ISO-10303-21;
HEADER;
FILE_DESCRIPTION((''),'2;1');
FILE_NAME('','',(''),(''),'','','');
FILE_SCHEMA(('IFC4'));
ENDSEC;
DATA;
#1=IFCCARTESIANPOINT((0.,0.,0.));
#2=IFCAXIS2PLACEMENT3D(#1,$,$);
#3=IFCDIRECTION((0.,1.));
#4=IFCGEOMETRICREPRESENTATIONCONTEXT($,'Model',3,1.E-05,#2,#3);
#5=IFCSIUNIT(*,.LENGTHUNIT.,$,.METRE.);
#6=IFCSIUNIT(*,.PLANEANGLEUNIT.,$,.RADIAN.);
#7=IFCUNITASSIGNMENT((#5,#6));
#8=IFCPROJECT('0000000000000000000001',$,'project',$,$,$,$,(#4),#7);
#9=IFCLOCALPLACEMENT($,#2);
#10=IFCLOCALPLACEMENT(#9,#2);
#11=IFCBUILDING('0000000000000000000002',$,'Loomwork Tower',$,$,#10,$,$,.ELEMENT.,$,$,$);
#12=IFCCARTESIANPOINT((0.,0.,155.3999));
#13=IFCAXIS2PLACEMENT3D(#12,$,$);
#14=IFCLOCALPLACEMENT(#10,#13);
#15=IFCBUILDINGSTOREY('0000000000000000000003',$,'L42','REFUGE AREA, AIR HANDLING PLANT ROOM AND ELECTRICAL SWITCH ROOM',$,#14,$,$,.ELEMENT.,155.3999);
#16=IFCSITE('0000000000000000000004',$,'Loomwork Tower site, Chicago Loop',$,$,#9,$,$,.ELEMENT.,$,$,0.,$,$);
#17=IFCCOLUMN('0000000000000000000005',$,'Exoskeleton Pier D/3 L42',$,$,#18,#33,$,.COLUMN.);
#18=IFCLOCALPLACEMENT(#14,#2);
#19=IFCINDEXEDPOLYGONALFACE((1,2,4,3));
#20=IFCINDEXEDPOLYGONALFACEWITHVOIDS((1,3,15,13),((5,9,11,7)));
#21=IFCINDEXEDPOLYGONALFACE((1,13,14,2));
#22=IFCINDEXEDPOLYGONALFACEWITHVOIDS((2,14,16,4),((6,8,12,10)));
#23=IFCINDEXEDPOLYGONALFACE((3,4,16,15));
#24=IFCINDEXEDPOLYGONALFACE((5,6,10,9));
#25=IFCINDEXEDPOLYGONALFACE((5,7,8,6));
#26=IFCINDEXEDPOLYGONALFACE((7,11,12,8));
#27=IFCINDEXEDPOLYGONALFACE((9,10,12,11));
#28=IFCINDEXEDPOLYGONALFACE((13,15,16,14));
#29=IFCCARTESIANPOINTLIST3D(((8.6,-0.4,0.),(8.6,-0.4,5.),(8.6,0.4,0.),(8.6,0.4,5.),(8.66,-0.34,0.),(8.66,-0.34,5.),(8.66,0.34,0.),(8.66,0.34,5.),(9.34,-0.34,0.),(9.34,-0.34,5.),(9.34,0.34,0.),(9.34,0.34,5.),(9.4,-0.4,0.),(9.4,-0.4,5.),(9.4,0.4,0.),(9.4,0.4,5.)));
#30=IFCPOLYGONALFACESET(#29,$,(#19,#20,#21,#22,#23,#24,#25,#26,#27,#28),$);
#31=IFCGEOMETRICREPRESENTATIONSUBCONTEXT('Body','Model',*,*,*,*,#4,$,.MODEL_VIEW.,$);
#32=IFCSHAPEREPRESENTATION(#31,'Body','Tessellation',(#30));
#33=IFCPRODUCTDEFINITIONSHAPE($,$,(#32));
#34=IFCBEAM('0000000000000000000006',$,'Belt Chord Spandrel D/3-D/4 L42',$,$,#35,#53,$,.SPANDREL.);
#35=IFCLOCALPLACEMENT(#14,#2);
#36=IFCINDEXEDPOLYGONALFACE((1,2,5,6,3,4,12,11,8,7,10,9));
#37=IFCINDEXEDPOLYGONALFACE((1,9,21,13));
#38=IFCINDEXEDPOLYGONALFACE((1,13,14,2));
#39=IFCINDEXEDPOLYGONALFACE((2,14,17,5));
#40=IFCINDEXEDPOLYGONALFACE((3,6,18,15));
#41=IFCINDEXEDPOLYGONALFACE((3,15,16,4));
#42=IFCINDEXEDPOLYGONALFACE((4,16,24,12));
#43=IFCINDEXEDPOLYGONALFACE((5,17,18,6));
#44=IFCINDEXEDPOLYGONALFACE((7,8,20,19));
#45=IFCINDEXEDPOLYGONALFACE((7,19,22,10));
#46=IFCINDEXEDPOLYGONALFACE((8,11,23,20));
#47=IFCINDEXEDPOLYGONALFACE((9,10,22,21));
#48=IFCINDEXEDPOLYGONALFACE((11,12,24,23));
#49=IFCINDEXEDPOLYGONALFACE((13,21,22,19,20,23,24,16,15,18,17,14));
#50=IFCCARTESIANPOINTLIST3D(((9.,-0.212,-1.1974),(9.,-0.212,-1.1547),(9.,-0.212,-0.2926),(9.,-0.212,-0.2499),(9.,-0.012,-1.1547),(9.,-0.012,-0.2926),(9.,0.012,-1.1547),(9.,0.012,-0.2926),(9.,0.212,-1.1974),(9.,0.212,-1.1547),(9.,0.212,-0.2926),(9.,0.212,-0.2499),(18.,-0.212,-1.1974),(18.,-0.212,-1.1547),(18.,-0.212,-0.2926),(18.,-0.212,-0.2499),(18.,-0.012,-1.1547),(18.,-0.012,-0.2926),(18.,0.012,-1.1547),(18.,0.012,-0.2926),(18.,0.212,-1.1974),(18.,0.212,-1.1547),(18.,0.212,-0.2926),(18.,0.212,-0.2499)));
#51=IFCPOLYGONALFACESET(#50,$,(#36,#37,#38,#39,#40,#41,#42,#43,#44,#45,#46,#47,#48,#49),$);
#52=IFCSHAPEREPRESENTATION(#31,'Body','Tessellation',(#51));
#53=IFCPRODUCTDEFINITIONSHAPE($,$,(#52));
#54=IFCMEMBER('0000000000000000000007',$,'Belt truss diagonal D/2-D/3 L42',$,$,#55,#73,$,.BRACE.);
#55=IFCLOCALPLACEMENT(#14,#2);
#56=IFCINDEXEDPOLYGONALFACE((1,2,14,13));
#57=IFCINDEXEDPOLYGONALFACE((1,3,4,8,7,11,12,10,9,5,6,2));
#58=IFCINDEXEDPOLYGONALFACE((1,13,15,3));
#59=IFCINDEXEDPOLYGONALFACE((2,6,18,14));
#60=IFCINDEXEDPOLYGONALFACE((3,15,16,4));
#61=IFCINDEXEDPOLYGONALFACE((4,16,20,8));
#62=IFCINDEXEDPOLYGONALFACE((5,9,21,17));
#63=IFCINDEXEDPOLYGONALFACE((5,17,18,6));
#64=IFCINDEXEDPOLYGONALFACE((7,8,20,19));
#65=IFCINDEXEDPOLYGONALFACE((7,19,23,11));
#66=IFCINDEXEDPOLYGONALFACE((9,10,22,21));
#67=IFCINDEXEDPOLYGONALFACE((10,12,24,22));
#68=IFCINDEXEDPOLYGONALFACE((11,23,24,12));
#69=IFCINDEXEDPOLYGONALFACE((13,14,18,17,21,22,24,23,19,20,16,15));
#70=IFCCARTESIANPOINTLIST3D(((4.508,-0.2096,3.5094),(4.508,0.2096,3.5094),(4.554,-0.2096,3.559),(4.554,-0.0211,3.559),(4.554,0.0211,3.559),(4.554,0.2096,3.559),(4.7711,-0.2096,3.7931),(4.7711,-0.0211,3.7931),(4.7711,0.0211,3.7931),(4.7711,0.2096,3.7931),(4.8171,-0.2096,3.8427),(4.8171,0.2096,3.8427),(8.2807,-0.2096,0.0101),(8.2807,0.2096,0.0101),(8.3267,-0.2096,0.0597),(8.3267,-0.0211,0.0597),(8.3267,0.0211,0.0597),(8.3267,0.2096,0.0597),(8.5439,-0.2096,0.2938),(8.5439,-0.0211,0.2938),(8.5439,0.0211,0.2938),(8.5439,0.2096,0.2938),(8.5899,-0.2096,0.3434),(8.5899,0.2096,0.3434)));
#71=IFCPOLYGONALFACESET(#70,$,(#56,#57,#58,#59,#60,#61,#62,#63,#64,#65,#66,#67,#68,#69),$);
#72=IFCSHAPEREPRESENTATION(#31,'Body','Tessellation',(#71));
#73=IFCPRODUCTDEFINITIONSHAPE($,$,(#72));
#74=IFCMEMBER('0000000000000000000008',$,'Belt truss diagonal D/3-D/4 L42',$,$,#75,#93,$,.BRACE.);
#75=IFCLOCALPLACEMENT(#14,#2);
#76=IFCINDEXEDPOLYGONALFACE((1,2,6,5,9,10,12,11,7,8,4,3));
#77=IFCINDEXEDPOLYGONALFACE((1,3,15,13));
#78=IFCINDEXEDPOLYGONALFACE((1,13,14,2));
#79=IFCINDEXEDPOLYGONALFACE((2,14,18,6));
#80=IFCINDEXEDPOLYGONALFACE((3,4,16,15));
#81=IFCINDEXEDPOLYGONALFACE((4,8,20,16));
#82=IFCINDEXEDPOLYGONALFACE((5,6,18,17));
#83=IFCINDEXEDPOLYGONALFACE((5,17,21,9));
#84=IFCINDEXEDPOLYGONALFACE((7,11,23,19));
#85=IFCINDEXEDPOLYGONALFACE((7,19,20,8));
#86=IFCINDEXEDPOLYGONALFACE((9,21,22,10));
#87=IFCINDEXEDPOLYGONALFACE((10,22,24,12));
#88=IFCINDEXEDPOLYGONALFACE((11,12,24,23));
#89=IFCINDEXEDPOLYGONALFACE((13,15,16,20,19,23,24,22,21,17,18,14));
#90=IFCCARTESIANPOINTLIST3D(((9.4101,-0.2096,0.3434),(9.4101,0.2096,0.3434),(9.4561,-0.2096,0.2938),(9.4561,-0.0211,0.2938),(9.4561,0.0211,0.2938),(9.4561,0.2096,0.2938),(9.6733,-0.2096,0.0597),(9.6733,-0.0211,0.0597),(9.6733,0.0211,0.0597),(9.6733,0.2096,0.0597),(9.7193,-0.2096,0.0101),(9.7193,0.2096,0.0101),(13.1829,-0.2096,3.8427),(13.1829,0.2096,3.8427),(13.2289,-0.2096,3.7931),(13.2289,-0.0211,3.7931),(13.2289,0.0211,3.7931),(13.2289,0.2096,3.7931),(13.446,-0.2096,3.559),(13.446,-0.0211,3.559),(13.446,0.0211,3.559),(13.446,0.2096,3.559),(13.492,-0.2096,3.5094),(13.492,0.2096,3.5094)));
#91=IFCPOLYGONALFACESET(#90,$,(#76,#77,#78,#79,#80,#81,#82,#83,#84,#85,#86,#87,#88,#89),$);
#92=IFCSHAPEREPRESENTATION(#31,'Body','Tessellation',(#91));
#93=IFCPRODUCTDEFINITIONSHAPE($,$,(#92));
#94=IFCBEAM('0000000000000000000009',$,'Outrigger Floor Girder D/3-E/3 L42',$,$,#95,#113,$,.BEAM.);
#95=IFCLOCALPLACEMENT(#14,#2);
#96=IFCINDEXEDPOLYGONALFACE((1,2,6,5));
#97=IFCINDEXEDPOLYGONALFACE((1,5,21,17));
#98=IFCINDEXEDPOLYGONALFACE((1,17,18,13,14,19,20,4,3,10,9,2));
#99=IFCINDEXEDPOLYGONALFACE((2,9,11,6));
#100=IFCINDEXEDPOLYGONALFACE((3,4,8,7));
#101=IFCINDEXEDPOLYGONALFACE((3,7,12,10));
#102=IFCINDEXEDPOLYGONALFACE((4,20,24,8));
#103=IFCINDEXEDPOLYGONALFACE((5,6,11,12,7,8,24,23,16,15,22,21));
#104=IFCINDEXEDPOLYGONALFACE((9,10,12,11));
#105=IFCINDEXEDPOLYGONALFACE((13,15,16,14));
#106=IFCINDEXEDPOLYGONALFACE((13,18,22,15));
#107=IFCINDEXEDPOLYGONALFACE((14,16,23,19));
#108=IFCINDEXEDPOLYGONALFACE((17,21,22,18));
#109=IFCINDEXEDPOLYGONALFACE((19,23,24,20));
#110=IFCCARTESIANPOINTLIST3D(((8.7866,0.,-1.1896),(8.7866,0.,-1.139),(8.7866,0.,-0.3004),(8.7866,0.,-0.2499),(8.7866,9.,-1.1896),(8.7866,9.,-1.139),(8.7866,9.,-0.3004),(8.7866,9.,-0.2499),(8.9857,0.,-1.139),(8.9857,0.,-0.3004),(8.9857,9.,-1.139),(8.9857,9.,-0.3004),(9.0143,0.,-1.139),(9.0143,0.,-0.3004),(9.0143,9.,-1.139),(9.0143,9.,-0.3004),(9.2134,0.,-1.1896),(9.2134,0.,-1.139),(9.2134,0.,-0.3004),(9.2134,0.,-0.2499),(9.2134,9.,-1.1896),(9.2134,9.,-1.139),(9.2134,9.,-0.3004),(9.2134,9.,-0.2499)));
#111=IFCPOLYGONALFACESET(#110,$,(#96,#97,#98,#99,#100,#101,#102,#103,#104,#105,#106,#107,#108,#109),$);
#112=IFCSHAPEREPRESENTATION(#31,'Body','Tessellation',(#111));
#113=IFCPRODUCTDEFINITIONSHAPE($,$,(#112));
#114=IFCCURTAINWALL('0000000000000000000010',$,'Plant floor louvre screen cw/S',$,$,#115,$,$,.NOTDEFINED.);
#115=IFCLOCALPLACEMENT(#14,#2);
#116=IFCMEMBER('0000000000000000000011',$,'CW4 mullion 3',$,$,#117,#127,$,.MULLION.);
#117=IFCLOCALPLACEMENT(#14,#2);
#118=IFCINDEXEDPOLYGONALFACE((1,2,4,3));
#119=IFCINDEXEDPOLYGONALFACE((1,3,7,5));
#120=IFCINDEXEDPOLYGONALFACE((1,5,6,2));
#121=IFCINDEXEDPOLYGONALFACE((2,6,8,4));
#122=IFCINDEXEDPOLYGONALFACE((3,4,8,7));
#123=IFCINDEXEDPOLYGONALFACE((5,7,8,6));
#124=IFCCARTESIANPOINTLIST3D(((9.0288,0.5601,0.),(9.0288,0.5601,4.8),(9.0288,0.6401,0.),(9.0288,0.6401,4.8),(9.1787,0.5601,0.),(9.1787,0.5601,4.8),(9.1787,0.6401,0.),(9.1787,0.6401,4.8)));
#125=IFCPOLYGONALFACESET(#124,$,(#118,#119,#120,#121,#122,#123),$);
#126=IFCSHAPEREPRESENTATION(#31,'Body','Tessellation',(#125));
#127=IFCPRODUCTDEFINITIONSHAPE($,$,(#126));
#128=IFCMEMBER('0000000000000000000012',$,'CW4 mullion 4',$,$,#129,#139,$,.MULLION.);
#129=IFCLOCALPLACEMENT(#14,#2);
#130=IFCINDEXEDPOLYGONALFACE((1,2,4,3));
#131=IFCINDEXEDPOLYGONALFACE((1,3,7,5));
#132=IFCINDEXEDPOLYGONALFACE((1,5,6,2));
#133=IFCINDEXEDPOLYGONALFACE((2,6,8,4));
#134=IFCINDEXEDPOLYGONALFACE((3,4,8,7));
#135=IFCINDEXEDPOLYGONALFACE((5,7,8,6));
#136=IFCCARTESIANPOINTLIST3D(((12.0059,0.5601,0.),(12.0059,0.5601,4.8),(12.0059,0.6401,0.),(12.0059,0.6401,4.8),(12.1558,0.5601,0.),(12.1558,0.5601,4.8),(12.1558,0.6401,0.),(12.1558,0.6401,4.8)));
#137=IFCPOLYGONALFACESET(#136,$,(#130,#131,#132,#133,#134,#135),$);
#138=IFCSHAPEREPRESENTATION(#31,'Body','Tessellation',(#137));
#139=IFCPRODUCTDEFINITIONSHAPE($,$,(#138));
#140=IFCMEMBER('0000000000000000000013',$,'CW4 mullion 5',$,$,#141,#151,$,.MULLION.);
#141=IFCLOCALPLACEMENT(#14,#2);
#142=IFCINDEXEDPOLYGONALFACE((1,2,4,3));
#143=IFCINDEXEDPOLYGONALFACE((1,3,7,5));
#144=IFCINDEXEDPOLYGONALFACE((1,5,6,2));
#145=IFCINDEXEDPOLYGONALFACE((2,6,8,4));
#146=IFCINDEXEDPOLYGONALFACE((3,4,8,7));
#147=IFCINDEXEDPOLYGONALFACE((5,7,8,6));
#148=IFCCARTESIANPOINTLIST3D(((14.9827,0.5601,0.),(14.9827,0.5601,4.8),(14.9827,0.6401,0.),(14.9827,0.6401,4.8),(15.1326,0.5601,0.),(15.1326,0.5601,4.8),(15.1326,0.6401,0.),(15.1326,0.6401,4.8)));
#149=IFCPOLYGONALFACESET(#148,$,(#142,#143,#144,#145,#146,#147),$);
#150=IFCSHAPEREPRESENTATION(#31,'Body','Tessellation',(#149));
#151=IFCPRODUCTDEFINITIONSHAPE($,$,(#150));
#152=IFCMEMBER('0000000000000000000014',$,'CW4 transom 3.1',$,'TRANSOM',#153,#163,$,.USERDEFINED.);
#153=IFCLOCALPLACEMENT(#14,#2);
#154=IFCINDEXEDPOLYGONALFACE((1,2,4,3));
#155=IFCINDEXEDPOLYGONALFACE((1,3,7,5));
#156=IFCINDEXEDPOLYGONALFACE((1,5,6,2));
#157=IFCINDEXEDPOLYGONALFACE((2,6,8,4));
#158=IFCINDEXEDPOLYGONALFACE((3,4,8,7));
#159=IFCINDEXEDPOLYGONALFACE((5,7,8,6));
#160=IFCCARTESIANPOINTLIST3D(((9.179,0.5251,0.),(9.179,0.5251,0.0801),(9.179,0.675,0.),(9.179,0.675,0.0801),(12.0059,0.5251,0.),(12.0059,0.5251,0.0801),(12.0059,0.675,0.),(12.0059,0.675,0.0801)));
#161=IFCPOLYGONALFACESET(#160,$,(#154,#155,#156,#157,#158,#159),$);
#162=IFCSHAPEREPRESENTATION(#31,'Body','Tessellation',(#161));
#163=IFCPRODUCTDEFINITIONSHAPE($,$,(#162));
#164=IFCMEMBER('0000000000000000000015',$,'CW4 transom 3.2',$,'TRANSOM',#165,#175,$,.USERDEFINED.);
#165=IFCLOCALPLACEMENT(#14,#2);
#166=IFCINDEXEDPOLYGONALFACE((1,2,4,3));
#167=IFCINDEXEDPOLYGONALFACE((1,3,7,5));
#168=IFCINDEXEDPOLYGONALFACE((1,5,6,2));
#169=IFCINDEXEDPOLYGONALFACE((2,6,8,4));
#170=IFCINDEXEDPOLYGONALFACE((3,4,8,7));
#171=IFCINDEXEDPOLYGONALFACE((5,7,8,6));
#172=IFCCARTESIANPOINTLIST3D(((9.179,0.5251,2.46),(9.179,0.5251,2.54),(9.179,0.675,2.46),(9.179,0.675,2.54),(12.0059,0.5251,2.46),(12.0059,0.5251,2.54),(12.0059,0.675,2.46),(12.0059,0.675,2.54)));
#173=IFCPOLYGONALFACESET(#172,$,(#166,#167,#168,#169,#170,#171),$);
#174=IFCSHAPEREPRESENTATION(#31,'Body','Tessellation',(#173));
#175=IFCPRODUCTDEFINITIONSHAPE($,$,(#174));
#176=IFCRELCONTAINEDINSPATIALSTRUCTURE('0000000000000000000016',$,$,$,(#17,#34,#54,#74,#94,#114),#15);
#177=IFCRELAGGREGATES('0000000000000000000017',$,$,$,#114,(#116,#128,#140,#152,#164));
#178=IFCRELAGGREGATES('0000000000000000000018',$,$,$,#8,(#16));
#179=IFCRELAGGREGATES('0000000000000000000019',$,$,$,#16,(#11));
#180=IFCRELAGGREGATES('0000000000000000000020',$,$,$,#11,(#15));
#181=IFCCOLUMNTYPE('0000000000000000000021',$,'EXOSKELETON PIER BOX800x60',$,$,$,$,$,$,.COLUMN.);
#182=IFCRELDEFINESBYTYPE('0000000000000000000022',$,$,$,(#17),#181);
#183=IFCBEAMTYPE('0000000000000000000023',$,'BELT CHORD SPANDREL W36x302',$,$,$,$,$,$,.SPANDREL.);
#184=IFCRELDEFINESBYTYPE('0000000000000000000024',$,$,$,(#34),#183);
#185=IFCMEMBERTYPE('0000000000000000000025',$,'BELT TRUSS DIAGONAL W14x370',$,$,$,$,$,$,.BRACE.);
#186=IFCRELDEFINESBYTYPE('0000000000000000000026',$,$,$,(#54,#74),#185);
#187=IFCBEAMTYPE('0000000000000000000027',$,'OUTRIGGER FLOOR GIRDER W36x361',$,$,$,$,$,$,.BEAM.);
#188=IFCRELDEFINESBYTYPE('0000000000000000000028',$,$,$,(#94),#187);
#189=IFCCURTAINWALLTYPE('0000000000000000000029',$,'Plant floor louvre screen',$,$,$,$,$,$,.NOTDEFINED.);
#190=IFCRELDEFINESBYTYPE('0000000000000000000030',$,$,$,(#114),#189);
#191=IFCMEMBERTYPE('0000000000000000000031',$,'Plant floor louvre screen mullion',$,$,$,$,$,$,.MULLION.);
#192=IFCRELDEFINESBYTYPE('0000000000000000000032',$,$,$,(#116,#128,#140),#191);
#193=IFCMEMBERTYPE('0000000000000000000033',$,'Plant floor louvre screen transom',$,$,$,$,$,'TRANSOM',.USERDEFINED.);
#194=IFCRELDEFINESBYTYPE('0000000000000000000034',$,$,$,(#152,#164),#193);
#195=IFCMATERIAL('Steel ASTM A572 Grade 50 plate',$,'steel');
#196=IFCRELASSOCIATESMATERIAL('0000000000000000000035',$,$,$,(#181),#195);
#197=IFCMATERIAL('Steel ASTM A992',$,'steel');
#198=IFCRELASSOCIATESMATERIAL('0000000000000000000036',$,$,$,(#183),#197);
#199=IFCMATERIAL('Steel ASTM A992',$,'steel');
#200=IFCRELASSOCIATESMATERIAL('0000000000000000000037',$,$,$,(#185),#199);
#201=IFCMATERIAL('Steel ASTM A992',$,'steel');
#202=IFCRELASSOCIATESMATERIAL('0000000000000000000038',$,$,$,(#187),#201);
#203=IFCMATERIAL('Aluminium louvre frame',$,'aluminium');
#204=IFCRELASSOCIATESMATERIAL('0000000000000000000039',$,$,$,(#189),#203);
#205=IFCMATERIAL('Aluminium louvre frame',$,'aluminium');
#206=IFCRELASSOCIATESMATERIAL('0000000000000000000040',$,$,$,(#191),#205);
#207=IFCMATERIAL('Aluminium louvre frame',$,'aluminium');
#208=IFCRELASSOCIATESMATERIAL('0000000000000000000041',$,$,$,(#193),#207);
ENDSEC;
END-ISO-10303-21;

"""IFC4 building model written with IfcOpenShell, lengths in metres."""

from ifc_helpers import new_model, si_unit, direction, frame, origin, origin_2d, place, context, subcontext, project, spatial, rectangle, hollow_rectangle, i_section, extrude, material, material_profile, profile_set, type_object, element, aggregate, save


model = new_model("IFC4")

# Units and contexts
model_context = context("Model", 3, precision=1e-05, world=origin(), true_north=direction((0.0, 1.0)))
body_context = subcontext(model_context, "Body", "Model", "MODEL_VIEW")
ifc_project = project(units=[si_unit("LENGTHUNIT", "METRE"), si_unit("PLANEANGLEUNIT", "RADIAN")], contexts=[model_context])

# Site, building, storey
site_placement = place(None, origin())
site = spatial("IfcSite", under=ifc_project, at=site_placement, Name="Loomwork Tower site, Chicago Loop", CompositionType="ELEMENT", RefElevation=0.0)
building_placement = place(site_placement, origin())
building = spatial("IfcBuilding", under=site, at=building_placement, Name="Loomwork Tower", CompositionType="ELEMENT")
storey_placement = place(building_placement, frame((0.0, 0.0, 155.3999)))
storey = spatial("IfcBuildingStorey", under=building, at=storey_placement, Name="L42", Description="REFUGE AREA, AIR HANDLING PLANT ROOM AND ELECTRICAL SWITCH ROOM", CompositionType="ELEMENT", Elevation=155.3999)

# Column
ifc_material_1 = material(Name="Steel ASTM A572 Grade 50 plate", Category="steel")
ifc_material_profile_1 = material_profile(ifc_material_1, hollow_rectangle(XDim=0.8, YDim=0.8, WallThickness=0.0601, at=origin_2d()), Name="BOX800x60")
ifc_profile_set_1 = profile_set([ifc_material_profile_1], Name="Steel ASTM A572 Grade 50 plate")
column_type = type_object("IfcColumnType", Name="EXOSKELETON PIER BOX800x60", PredefinedType="COLUMN", material=ifc_profile_set_1)
column_placement = place(storey_placement, frame((9.0, 0.0, 0.0), z_axis=(0.0, 0.0, 1.0), x_axis=(1.0, 0.0, 0.0)))
element("IfcColumn", 1, at=column_placement, inside=storey, type_object=column_type, Name="Exoskeleton Pier D/3 L42", PredefinedType="COLUMN", context=body_context, shape_type="SweptSolid", body=[
    extrude(hollow_rectangle(XDim=0.8, YDim=0.8, WallThickness=0.0601, at=origin_2d()), origin(), (0.0, 0.0, 1.0), 5.0),
])

# Beam
ifc_material_2 = material(Name="Steel ASTM A992", Category="steel")
ifc_material_profile_2 = material_profile(ifc_material_2, i_section(OverallWidth=0.4241, OverallDepth=0.9475, WebThickness=0.0239, FlangeThickness=0.0427, at=origin_2d()), Name="W36x302")
ifc_profile_set_2 = profile_set([ifc_material_profile_2], Name="Steel ASTM A992")
beam_type_1 = type_object("IfcBeamType", Name="BELT CHORD SPANDREL W36x302", PredefinedType="SPANDREL", material=ifc_profile_set_2)
beam_1_placement = place(storey_placement, frame((9.0, 0.0, -0.7236), z_axis=(1.0, 0.0, 0.0), x_axis=(0.0, 1.0, 0.0)))
element("IfcBeam", 2, at=beam_1_placement, inside=storey, type_object=beam_type_1, Name="Belt Chord Spandrel D/3-D/4 L42", PredefinedType="SPANDREL", context=body_context, shape_type="SweptSolid", body=[
    extrude(i_section(OverallWidth=0.4241, OverallDepth=0.9475, WebThickness=0.0239, FlangeThickness=0.0427, at=origin_2d()), origin(), (0.0, 0.0, 1.0), 9.0),
])

# Members
ifc_material_3 = material(Name="Steel ASTM A992", Category="steel")
ifc_material_profile_3 = material_profile(ifc_material_3, i_section(OverallWidth=0.4192, OverallDepth=0.4546, WebThickness=0.0422, FlangeThickness=0.0676, at=origin_2d()), Name="W14x370")
ifc_profile_set_3 = profile_set([ifc_material_profile_3], Name="Steel ASTM A992")
member_type_1 = type_object("IfcMemberType", Name="BELT TRUSS DIAGONAL W14x370", PredefinedType="BRACE", material=ifc_profile_set_3)
for number, where, z_axis, x_axis, name in (
    (3, (8.4353, 0.0, 0.1768), (-0.733177, 0.0, 0.680038), (0.0, -1.0, 0.0), "Belt truss diagonal D/2-D/3 L42"),
    (4, (9.5647, 0.0, 0.1768), (0.733177, 0.0, 0.680038), (0.0, 1.0, 0.0), "Belt truss diagonal D/3-D/4 L42"),
):
    element("IfcMember", number, at=place(storey_placement, frame(where, z_axis=z_axis, x_axis=x_axis)), inside=storey, type_object=member_type_1, Name=name, PredefinedType="BRACE", context=body_context, shape_type="SweptSolid", body=[
        extrude(i_section(OverallWidth=0.4192, OverallDepth=0.4546, WebThickness=0.0422, FlangeThickness=0.0676, at=origin_2d()), origin(), (0.0, 0.0, 1.0), 5.1458),
    ])

# Beam
ifc_material_4 = material(Name="Steel ASTM A992", Category="steel")
ifc_material_profile_4 = material_profile(ifc_material_4, i_section(OverallWidth=0.4268, OverallDepth=0.9397, WebThickness=0.0286, FlangeThickness=0.0505, at=origin_2d()), Name="W36x361")
ifc_profile_set_4 = profile_set([ifc_material_profile_4], Name="Steel ASTM A992")
beam_type_2 = type_object("IfcBeamType", Name="OUTRIGGER FLOOR GIRDER W36x361", PredefinedType="BEAM", material=ifc_profile_set_4)
beam_2_placement = place(storey_placement, frame((9.0, 0.0, -0.7197), z_axis=(0.0, 1.0, 0.0), x_axis=(-1.0, 0.0, 0.0)))
element("IfcBeam", 5, at=beam_2_placement, inside=storey, type_object=beam_type_2, Name="Outrigger Floor Girder D/3-E/3 L42", PredefinedType="BEAM", context=body_context, shape_type="SweptSolid", body=[
    extrude(i_section(OverallWidth=0.4268, OverallDepth=0.9397, WebThickness=0.0286, FlangeThickness=0.0505, at=origin_2d()), origin(), (0.0, 0.0, 1.0), 9.0),
])

# Curtain wall, members
ifc_material_5 = material(Name="Aluminium louvre frame", Category="aluminium")
curtain_wall_type = type_object("IfcCurtainWallType", Name="Plant floor louvre screen", PredefinedType="NOTDEFINED", material=ifc_material_5)
curtain_wall_placement = place(storey_placement, origin())
curtain_wall = element("IfcCurtainWall", 6, at=curtain_wall_placement, inside=storey, type_object=curtain_wall_type, Name="Plant floor louvre screen cw/S", PredefinedType="NOTDEFINED")
ifc_material_6 = material(Name="Aluminium louvre frame", Category="aluminium")
ifc_material_profile_5 = material_profile(ifc_material_6, rectangle(XDim=0.0801, YDim=0.1499, at=origin_2d()), Name="AL 80x150")
ifc_profile_set_5 = profile_set([ifc_material_profile_5], Name="Aluminium louvre frame")
member_type_2 = type_object("IfcMemberType", Name="Plant floor louvre screen mullion", PredefinedType="MULLION", material=ifc_profile_set_5)
member_1_placement = place(storey_placement, frame((9.1038, 0.6001, 0.0), z_axis=(0.0, 0.0, 1.0), x_axis=(0.0, 1.0, 0.0)))
member_1 = element("IfcMember", 7, at=member_1_placement, type_object=member_type_2, Name="CW4 mullion 3", PredefinedType="MULLION", context=body_context, shape_type="SweptSolid", body=[
    extrude(rectangle(XDim=0.0801, YDim=0.1499, at=origin_2d()), origin(), (0.0, 0.0, 1.0), 4.8),
])
member_2_placement = place(storey_placement, frame((12.0808, 0.6001, 0.0), z_axis=(0.0, 0.0, 1.0), x_axis=(0.0, 1.0, 0.0)))
member_2 = element("IfcMember", 8, at=member_2_placement, type_object=member_type_2, Name="CW4 mullion 4", PredefinedType="MULLION", context=body_context, shape_type="SweptSolid", body=[
    extrude(rectangle(XDim=0.0801, YDim=0.1499, at=origin_2d()), origin(), (0.0, 0.0, 1.0), 4.8),
])
member_3_placement = place(storey_placement, frame((15.0576, 0.6001, 0.0), z_axis=(0.0, 0.0, 1.0), x_axis=(0.0, 1.0, 0.0)))
member_3 = element("IfcMember", 9, at=member_3_placement, type_object=member_type_2, Name="CW4 mullion 5", PredefinedType="MULLION", context=body_context, shape_type="SweptSolid", body=[
    extrude(rectangle(XDim=0.0801, YDim=0.1499, at=origin_2d()), origin(), (0.0, 0.0, 1.0), 4.8),
])
ifc_material_7 = material(Name="Aluminium louvre frame", Category="aluminium")
ifc_material_profile_6 = material_profile(ifc_material_7, rectangle(XDim=0.1499, YDim=0.0801, at=origin_2d()), Name="AL 80x150")
ifc_profile_set_6 = profile_set([ifc_material_profile_6], Name="Aluminium louvre frame")
member_type_3 = type_object("IfcMemberType", Name="Plant floor louvre screen transom", ElementType="TRANSOM", PredefinedType="USERDEFINED", material=ifc_profile_set_6)
member_4_placement = place(storey_placement, frame((9.179, 0.6001, 0.04), z_axis=(1.0, 0.0, 0.0), x_axis=(0.0, 1.0, 0.0)))
member_4 = element("IfcMember", 10, at=member_4_placement, type_object=member_type_3, Name="CW4 transom 3.1", ObjectType="TRANSOM", PredefinedType="USERDEFINED", context=body_context, shape_type="SweptSolid", body=[
    extrude(rectangle(XDim=0.1499, YDim=0.0801, at=origin_2d()), origin(), (0.0, 0.0, 1.0), 2.8269),
])
member_5_placement = place(storey_placement, frame((9.179, 0.6001, 2.5), z_axis=(1.0, 0.0, 0.0), x_axis=(0.0, 1.0, 0.0)))
member_5 = element("IfcMember", 11, at=member_5_placement, type_object=member_type_3, Name="CW4 transom 3.2", ObjectType="TRANSOM", PredefinedType="USERDEFINED", context=body_context, shape_type="SweptSolid", body=[
    extrude(rectangle(XDim=0.1499, YDim=0.0801, at=origin_2d()), origin(), (0.0, 0.0, 1.0), 2.8269),
])
aggregate(curtain_wall, [member_1, member_2, member_3, member_4, member_5])

save(model, "model.ifc")
